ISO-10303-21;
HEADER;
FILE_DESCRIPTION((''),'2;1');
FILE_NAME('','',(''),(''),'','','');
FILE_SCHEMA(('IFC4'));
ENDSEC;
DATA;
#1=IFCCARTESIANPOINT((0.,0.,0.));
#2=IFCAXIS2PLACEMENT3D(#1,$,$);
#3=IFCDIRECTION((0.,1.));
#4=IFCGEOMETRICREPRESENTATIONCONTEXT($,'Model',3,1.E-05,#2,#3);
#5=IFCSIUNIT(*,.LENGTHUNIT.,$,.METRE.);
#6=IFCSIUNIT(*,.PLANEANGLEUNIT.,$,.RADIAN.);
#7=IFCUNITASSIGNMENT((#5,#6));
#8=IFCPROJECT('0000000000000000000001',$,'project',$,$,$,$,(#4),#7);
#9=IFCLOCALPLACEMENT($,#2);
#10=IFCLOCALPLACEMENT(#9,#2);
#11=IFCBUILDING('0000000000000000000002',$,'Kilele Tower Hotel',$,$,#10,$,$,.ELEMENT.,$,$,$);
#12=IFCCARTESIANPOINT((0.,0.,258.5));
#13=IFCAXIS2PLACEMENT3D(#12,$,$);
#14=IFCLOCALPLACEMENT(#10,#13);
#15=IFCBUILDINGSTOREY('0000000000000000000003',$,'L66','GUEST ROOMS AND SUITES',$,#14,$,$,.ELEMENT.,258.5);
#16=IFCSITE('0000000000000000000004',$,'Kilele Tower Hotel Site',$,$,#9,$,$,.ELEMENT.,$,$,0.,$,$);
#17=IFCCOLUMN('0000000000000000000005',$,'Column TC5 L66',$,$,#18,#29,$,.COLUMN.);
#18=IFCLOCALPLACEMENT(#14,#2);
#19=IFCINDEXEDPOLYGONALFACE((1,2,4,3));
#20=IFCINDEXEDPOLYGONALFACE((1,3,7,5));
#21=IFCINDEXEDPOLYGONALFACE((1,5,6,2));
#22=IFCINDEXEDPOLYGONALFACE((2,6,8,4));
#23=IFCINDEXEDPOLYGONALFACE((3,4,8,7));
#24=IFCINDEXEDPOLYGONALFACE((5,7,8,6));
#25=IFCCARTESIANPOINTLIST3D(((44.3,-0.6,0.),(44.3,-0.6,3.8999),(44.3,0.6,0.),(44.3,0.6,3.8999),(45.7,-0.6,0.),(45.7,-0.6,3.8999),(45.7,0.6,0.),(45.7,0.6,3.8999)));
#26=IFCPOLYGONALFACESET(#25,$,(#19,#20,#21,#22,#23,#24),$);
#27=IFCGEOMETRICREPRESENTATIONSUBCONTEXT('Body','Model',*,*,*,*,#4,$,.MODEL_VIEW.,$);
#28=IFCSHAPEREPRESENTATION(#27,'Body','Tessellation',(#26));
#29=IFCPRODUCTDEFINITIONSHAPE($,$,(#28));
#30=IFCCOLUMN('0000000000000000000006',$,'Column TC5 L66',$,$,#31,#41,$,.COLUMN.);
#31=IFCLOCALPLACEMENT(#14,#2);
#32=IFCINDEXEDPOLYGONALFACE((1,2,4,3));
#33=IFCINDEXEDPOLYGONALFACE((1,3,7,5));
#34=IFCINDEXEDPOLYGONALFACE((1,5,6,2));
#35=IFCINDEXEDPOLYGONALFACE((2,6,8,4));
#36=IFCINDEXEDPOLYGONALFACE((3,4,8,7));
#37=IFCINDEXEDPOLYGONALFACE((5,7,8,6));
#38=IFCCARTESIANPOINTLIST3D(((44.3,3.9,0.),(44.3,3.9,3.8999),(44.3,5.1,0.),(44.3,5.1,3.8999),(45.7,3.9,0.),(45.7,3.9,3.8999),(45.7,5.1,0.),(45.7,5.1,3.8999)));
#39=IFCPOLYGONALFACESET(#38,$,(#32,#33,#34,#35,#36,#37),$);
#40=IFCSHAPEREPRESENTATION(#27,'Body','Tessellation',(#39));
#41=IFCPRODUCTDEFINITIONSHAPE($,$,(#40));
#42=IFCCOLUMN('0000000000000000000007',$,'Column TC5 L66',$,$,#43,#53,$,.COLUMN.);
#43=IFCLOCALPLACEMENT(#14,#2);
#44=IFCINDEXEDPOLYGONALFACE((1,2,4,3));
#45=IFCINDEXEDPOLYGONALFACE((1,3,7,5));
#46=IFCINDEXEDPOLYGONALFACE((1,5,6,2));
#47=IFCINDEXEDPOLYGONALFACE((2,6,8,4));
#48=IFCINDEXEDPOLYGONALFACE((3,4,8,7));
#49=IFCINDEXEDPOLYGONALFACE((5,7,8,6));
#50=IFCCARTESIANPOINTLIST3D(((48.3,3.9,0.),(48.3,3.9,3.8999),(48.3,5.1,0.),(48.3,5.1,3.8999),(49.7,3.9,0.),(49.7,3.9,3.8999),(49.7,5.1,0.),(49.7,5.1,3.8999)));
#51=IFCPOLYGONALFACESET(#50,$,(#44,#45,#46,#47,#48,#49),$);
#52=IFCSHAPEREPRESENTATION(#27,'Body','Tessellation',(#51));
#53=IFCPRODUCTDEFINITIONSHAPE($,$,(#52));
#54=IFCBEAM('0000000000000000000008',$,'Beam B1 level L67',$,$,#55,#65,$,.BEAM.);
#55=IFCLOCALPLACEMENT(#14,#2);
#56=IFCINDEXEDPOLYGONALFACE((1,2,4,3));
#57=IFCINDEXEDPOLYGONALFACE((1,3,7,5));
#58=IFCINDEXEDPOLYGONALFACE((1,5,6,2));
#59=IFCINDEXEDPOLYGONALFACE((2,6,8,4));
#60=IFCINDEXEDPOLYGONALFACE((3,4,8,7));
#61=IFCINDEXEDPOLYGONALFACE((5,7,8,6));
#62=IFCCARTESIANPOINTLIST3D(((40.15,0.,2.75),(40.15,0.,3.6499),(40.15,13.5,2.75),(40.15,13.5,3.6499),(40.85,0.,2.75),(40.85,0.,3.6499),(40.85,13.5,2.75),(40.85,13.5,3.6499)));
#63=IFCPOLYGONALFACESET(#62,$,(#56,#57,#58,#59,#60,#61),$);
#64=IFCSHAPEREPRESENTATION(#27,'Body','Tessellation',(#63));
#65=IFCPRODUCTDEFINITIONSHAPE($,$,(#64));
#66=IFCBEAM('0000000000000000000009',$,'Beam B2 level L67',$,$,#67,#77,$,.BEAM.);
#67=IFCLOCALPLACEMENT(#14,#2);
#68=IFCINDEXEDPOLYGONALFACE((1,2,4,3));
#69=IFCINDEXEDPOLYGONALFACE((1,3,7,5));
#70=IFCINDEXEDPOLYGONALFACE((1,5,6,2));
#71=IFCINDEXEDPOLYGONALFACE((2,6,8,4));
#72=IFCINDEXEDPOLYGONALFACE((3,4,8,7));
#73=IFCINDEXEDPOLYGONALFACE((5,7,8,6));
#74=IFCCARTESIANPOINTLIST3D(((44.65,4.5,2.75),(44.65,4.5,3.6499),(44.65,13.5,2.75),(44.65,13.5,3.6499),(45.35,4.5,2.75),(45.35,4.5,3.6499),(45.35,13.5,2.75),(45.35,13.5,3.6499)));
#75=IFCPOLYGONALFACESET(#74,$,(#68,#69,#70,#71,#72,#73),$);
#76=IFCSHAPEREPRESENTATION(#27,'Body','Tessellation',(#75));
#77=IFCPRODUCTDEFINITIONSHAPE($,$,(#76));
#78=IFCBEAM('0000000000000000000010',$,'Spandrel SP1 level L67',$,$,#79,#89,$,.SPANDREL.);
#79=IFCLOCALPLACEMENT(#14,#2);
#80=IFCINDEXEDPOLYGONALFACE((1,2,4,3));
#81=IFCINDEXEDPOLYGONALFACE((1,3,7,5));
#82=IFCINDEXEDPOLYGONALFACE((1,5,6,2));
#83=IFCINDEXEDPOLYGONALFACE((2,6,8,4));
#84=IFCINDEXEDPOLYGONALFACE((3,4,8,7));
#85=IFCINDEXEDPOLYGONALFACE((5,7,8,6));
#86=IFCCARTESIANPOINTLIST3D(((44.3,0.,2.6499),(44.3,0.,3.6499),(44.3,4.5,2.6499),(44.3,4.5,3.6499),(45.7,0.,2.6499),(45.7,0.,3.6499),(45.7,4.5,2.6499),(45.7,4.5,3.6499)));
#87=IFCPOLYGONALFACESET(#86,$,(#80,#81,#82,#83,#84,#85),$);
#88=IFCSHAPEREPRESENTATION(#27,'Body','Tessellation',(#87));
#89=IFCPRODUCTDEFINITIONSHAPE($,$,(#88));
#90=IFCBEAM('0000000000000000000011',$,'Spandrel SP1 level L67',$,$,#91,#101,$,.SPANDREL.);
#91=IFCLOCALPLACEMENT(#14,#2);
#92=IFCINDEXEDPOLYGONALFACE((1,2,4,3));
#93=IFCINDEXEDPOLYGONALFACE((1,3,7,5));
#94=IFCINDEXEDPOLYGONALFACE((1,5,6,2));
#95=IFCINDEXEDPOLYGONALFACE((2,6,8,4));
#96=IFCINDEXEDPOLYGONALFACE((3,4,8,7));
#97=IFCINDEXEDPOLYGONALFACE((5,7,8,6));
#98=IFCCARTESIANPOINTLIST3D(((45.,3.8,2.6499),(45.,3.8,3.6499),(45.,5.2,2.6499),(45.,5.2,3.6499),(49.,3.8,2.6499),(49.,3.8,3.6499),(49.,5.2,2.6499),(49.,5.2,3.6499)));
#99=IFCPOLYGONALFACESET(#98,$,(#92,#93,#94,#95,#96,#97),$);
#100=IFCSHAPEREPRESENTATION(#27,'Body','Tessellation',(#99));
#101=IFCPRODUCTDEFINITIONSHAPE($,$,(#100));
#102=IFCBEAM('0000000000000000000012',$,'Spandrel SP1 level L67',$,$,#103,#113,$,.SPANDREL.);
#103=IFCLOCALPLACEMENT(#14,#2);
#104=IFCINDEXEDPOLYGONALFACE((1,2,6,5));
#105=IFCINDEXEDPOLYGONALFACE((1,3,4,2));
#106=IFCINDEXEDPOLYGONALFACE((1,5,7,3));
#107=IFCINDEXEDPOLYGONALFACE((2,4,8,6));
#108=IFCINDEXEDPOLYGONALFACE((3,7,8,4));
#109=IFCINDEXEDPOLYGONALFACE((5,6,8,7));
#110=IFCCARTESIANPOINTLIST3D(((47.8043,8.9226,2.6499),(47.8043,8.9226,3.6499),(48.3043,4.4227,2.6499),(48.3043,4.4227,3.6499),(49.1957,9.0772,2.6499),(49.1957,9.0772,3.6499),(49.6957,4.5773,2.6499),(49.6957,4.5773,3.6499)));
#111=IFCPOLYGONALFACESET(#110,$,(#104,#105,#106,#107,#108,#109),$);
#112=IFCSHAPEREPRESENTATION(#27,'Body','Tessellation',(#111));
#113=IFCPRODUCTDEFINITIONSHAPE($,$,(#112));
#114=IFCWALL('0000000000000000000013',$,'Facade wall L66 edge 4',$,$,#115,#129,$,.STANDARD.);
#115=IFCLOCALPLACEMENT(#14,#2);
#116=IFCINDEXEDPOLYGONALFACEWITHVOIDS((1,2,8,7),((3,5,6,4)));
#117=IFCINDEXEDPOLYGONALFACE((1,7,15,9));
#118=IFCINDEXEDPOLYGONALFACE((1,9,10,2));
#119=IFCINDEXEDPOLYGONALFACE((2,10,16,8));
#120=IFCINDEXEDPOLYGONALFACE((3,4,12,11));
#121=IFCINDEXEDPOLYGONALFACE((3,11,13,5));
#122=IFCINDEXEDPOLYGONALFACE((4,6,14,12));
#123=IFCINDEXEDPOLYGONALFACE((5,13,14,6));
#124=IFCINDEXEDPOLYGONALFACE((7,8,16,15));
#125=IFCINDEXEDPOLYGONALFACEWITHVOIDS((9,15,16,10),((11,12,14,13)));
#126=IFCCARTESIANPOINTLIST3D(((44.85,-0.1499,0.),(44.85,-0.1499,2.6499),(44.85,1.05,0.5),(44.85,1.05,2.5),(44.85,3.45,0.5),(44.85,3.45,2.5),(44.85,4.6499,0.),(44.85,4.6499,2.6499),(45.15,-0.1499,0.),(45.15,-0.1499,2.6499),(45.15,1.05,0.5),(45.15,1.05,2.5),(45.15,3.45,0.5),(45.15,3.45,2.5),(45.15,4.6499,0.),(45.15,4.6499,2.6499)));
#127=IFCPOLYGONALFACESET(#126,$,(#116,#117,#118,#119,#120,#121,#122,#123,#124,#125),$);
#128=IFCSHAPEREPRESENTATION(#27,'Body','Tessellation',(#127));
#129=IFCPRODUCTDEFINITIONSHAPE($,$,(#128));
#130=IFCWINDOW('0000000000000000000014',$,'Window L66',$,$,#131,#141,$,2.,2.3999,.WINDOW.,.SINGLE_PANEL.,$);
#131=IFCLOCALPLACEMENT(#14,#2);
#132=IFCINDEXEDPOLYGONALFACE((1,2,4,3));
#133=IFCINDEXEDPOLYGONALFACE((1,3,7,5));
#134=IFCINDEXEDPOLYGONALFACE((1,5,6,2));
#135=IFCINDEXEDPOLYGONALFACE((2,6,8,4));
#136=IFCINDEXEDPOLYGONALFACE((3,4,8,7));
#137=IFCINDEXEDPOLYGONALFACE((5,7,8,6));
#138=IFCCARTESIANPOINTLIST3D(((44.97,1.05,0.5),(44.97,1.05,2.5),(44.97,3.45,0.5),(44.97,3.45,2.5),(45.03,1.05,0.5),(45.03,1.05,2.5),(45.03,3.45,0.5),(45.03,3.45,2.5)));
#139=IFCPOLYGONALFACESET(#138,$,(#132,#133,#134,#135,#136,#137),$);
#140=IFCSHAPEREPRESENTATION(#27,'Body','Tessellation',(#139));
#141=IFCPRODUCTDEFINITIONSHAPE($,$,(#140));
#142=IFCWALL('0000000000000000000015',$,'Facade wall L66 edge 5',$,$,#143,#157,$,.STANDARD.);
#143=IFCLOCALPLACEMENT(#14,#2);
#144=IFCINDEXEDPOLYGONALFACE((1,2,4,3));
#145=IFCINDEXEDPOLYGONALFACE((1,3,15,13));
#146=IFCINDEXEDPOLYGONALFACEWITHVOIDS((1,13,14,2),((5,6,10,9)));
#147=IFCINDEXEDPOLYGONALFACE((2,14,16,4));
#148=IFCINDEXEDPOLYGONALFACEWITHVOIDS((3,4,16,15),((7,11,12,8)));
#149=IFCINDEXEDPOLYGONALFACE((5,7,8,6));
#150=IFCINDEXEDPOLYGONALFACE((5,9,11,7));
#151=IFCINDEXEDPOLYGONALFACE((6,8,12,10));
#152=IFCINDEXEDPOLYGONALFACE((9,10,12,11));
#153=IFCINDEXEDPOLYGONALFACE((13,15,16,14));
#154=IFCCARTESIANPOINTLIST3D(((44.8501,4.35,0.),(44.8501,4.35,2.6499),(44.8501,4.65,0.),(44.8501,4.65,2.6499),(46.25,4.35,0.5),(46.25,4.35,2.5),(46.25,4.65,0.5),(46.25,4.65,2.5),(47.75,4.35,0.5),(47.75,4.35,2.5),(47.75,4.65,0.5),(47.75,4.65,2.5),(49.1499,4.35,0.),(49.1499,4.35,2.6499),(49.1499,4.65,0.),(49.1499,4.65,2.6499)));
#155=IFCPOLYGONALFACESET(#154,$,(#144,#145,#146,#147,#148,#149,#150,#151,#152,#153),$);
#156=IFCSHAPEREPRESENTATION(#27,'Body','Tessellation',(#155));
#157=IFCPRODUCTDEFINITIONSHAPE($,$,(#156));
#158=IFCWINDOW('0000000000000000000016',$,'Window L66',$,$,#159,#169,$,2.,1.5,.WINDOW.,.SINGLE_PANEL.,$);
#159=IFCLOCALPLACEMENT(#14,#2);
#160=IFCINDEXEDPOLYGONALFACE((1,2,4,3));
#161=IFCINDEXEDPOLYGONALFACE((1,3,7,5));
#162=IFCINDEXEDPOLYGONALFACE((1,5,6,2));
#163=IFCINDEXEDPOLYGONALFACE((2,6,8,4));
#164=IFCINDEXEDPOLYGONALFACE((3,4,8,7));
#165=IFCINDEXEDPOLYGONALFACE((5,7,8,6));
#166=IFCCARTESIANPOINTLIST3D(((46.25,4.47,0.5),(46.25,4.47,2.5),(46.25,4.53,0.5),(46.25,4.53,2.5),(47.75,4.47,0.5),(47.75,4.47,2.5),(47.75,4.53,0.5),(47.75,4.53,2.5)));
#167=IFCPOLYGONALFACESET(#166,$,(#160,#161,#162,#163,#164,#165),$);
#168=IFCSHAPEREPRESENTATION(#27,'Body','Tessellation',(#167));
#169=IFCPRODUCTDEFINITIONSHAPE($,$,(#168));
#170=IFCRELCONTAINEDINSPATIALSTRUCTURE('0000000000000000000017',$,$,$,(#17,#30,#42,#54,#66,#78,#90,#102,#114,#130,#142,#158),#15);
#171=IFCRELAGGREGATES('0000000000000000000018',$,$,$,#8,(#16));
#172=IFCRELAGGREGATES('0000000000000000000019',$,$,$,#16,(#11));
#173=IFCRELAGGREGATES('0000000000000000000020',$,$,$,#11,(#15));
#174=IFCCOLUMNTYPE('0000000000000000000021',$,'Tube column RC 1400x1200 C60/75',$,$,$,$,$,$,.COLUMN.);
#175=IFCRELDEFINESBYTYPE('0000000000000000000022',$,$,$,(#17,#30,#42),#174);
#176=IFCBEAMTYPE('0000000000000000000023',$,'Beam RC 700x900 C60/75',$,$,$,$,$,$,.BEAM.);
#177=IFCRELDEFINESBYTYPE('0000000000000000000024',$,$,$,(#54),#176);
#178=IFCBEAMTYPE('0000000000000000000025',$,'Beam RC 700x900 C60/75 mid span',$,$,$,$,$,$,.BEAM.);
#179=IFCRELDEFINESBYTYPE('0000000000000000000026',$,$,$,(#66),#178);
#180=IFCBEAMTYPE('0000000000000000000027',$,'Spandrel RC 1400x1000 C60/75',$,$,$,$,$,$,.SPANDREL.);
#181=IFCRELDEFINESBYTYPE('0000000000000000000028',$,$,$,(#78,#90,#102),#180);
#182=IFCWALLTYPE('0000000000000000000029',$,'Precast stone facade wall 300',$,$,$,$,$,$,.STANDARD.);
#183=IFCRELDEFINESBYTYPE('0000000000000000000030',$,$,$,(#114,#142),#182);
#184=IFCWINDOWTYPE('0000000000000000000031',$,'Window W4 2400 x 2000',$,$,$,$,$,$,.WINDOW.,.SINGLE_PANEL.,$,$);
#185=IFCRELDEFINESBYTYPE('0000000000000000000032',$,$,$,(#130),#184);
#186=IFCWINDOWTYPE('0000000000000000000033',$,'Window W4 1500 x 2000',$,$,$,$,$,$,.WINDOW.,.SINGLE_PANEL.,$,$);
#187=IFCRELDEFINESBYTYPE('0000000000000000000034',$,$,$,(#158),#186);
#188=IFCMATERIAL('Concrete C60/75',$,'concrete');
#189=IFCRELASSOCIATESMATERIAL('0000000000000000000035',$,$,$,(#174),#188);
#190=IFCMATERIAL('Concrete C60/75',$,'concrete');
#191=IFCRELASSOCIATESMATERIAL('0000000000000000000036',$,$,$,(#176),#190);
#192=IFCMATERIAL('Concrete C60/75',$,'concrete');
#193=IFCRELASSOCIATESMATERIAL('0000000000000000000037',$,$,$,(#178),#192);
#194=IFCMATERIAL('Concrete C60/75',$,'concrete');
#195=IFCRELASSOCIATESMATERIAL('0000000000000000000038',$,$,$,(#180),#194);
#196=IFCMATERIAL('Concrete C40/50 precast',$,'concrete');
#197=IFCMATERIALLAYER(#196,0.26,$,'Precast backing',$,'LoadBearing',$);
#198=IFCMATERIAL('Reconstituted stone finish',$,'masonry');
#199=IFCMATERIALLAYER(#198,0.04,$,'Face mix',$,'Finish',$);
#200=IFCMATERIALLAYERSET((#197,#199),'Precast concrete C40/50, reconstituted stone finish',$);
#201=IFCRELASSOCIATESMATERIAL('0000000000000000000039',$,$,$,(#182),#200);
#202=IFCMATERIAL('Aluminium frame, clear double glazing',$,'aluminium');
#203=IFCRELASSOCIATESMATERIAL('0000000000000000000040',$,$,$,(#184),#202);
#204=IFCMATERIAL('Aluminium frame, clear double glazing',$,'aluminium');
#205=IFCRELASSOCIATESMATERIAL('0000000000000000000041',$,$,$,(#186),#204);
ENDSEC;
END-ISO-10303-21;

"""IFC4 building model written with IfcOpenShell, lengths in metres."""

from ifc_helpers import new_model, si_unit, direction, frame, frame_2d, origin, origin_2d, place, context, subcontext, project, spatial, rectangle, extrude, material, layer, layer_set, material_profile, profile_set, type_object, element, fill, save


model = new_model("IFC4")

# Units and contexts
model_context = context("Model", 3, precision=1e-05, world=origin(), true_north=direction((0.0, 1.0)))
body_context = subcontext(model_context, "Body", "Model", "MODEL_VIEW")
ifc_project = project(units=[si_unit("LENGTHUNIT", "METRE"), si_unit("PLANEANGLEUNIT", "RADIAN")], contexts=[model_context])

# Site, building, storey
site_placement = place(None, origin())
site = spatial("IfcSite", under=ifc_project, at=site_placement, Name="Kilele Tower Hotel Site", CompositionType="ELEMENT", RefElevation=0.0)
building_placement = place(site_placement, origin())
building = spatial("IfcBuilding", under=site, at=building_placement, Name="Kilele Tower Hotel", CompositionType="ELEMENT")
storey_placement = place(building_placement, frame((0.0, 0.0, 258.5)))
storey = spatial("IfcBuildingStorey", under=building, at=storey_placement, Name="L66", Description="GUEST ROOMS AND SUITES", CompositionType="ELEMENT", Elevation=258.5)

# Columns
ifc_material_1 = material(Name="Concrete C60/75", Category="concrete")
ifc_material_profile_1 = material_profile(ifc_material_1, rectangle(XDim=1.3999, YDim=1.2, at=origin_2d()))
ifc_profile_set_1 = profile_set([ifc_material_profile_1], Name="Concrete C60/75")
column_type = type_object("IfcColumnType", Name="Tube column RC 1400x1200 C60/75", PredefinedType="COLUMN", material=ifc_profile_set_1)
for number, where, z_axis, x_axis, name in (
    (1, (45.0, 0.0, 0.0), (0.0, 0.0, 1.0), (1.0, 0.0, 0.0), "Column TC5 L66"),
    (2, (45.0, 4.5, 0.0), (0.0, 0.0, 1.0), (1.0, 0.0, 0.0), "Column TC5 L66"),
    (3, (49.0, 4.5, 0.0), (0.0, 0.0, 1.0), (1.0, 0.0, 0.0), "Column TC5 L66"),
):
    element("IfcColumn", number, at=place(storey_placement, frame(where, z_axis=z_axis, x_axis=x_axis)), inside=storey, type_object=column_type, Name=name, PredefinedType="COLUMN", context=body_context, shape_type="SweptSolid", body=[
        extrude(rectangle(XDim=1.3999, YDim=1.2, at=origin_2d()), origin(), (0.0, 0.0, 1.0), 3.8999),
    ])

# Beams
ifc_material_2 = material(Name="Concrete C60/75", Category="concrete")
ifc_material_profile_2 = material_profile(ifc_material_2, rectangle(XDim=0.7, YDim=0.8999, at=origin_2d()))
ifc_profile_set_2 = profile_set([ifc_material_profile_2], Name="Concrete C60/75")
beam_type_1 = type_object("IfcBeamType", Name="Beam RC 700x900 C60/75", PredefinedType="BEAM", material=ifc_profile_set_2)
beam_1_placement = place(storey_placement, frame((40.5, 0.0, 3.2), z_axis=(0.0, 1.0, 0.0), x_axis=(-1.0, 0.0, 0.0)))
element("IfcBeam", 4, at=beam_1_placement, inside=storey, type_object=beam_type_1, Name="Beam B1 level L67", PredefinedType="BEAM", context=body_context, shape_type="SweptSolid", body=[
    extrude(rectangle(XDim=0.7, YDim=0.8999, at=origin_2d()), origin(), (0.0, 0.0, 1.0), 13.5),
])
ifc_material_3 = material(Name="Concrete C60/75", Category="concrete")
ifc_material_profile_3 = material_profile(ifc_material_3, rectangle(XDim=0.7, YDim=0.8999, at=origin_2d()))
ifc_profile_set_3 = profile_set([ifc_material_profile_3], Name="Concrete C60/75")
beam_type_2 = type_object("IfcBeamType", Name="Beam RC 700x900 C60/75 mid span", PredefinedType="BEAM", material=ifc_profile_set_3)
beam_2_placement = place(storey_placement, frame((45.0, 4.5, 3.2), z_axis=(0.0, 1.0, 0.0), x_axis=(-1.0, 0.0, 0.0)))
element("IfcBeam", 5, at=beam_2_placement, inside=storey, type_object=beam_type_2, Name="Beam B2 level L67", PredefinedType="BEAM", context=body_context, shape_type="SweptSolid", body=[
    extrude(rectangle(XDim=0.7, YDim=0.8999, at=origin_2d()), origin(), (0.0, 0.0, 1.0), 9.0),
])
ifc_material_4 = material(Name="Concrete C60/75", Category="concrete")
ifc_material_profile_4 = material_profile(ifc_material_4, rectangle(XDim=1.3999, YDim=1.0, at=origin_2d()))
ifc_profile_set_4 = profile_set([ifc_material_profile_4], Name="Concrete C60/75")
beam_type_3 = type_object("IfcBeamType", Name="Spandrel RC 1400x1000 C60/75", PredefinedType="SPANDREL", material=ifc_profile_set_4)
beam_3_placement = place(storey_placement, frame((45.0, 0.0, 3.1499), z_axis=(0.0, 1.0, 0.0), x_axis=(-1.0, 0.0, 0.0)))
element("IfcBeam", 6, at=beam_3_placement, inside=storey, type_object=beam_type_3, Name="Spandrel SP1 level L67", PredefinedType="SPANDREL", context=body_context, shape_type="SweptSolid", body=[
    extrude(rectangle(XDim=1.3999, YDim=1.0, at=origin_2d()), origin(), (0.0, 0.0, 1.0), 4.5),
])
beam_4_placement = place(storey_placement, frame((45.0, 4.5, 3.1499), z_axis=(1.0, 0.0, 0.0), x_axis=(0.0, 1.0, 0.0)))
element("IfcBeam", 7, at=beam_4_placement, inside=storey, type_object=beam_type_3, Name="Spandrel SP1 level L67", PredefinedType="SPANDREL", context=body_context, shape_type="SweptSolid", body=[
    extrude(rectangle(XDim=1.3999, YDim=1.0, at=origin_2d()), origin(), (0.0, 0.0, 1.0), 4.0),
])
beam_5_placement = place(storey_placement, frame((49.0, 4.5, 3.1499), z_axis=(-0.110432, 0.993884, 0.0), x_axis=(-0.993884, -0.110432, 0.0)))
element("IfcBeam", 8, at=beam_5_placement, inside=storey, type_object=beam_type_3, Name="Spandrel SP1 level L67", PredefinedType="SPANDREL", context=body_context, shape_type="SweptSolid", body=[
    extrude(rectangle(XDim=1.3999, YDim=1.0, at=origin_2d()), origin(), (0.0, 0.0, 1.0), 4.5276),
])

# Walls, openings, windows
ifc_material_5 = material(Name="Concrete C40/50 precast", Category="concrete")
ifc_layer_1 = layer(ifc_material_5, 0.26, Name="Precast backing", Category="LoadBearing")
ifc_material_6 = material(Name="Reconstituted stone finish", Category="masonry")
ifc_layer_2 = layer(ifc_material_6, 0.04, Name="Face mix", Category="Finish")
ifc_layer_set = layer_set([ifc_layer_1, ifc_layer_2], Name="Precast concrete C40/50, reconstituted stone finish")
wall_type = type_object("IfcWallType", Name="Precast stone facade wall 300", PredefinedType="STANDARD", material=ifc_layer_set)
wall_1_placement = place(storey_placement, frame((45.0, -0.1499, 0.0), z_axis=(0.0, 0.0, 1.0), x_axis=(0.0, 1.0, 0.0)))
wall_1 = element("IfcWall", 9, at=wall_1_placement, inside=storey, type_object=wall_type, Name="Facade wall L66 edge 4", PredefinedType="STANDARD", context=body_context, shape_type="SweptSolid", body=[
    extrude(rectangle(XDim=4.7998, YDim=0.3, at=frame_2d((2.3999, 0.0))), origin(), (0.0, 0.0, 1.0), 2.6499),
])
opening_1_placement = place(wall_1_placement, frame((1.2, 0.0, 0.5)))
opening_1 = element("IfcOpeningElement", 10, at=opening_1_placement, cuts=wall_1, PredefinedType="OPENING", context=body_context, shape_type="SweptSolid", body=[
    extrude(rectangle(XDim=2.3999, YDim=2.0, at=frame_2d((1.2, 1.0))), frame((0.0, 0.1599, 0.0), z_axis=(0.0, -1.0, 0.0), x_axis=(1.0, 0.0, 0.0)), (0.0, 0.0, 1.0), 0.3201),
])
ifc_material_7 = material(Name="Aluminium frame, clear double glazing", Category="aluminium")
window_type_1 = type_object("IfcWindowType", Name="Window W4 2400 x 2000", PartitioningType="SINGLE_PANEL", PredefinedType="WINDOW", material=ifc_material_7)
window_1_placement = place(opening_1_placement, origin())
window_1 = element("IfcWindow", 11, at=window_1_placement, inside=storey, type_object=window_type_1, Name="Window L66", OverallHeight=2.0, OverallWidth=2.3999, PartitioningType="SINGLE_PANEL", PredefinedType="WINDOW", context=body_context, shape_type="SweptSolid", body=[
    extrude(rectangle(XDim=2.3999, YDim=2.0, at=frame_2d((1.2, 1.0))), frame((0.0, 0.03, 0.0), z_axis=(0.0, -1.0, 0.0), x_axis=(1.0, 0.0, 0.0)), (0.0, 0.0, 1.0), 0.0601),
])
fill(opening_1, window_1)
wall_2_placement = place(storey_placement, frame((44.8501, 4.5, 0.0), z_axis=(0.0, 0.0, 1.0), x_axis=(1.0, 0.0, 0.0)))
wall_2 = element("IfcWall", 12, at=wall_2_placement, inside=storey, type_object=wall_type, Name="Facade wall L66 edge 5", PredefinedType="STANDARD", context=body_context, shape_type="SweptSolid", body=[
    extrude(rectangle(XDim=4.2998, YDim=0.3, at=frame_2d((2.1499, 0.0))), origin(), (0.0, 0.0, 1.0), 2.6499),
])
opening_2_placement = place(wall_2_placement, frame((1.3999, 0.0, 0.5)))
opening_2 = element("IfcOpeningElement", 13, at=opening_2_placement, cuts=wall_2, PredefinedType="OPENING", context=body_context, shape_type="SweptSolid", body=[
    extrude(rectangle(XDim=1.5, YDim=2.0, at=frame_2d((0.75, 1.0))), frame((0.0, 0.1599, 0.0), z_axis=(0.0, -1.0, 0.0), x_axis=(1.0, 0.0, 0.0)), (0.0, 0.0, 1.0), 0.3201),
])
ifc_material_8 = material(Name="Aluminium frame, clear double glazing", Category="aluminium")
window_type_2 = type_object("IfcWindowType", Name="Window W4 1500 x 2000", PartitioningType="SINGLE_PANEL", PredefinedType="WINDOW", material=ifc_material_8)
window_2_placement = place(opening_2_placement, origin())
window_2 = element("IfcWindow", 14, at=window_2_placement, inside=storey, type_object=window_type_2, Name="Window L66", OverallHeight=2.0, OverallWidth=1.5, PartitioningType="SINGLE_PANEL", PredefinedType="WINDOW", context=body_context, shape_type="SweptSolid", body=[
    extrude(rectangle(XDim=1.5, YDim=2.0, at=frame_2d((0.75, 1.0))), frame((0.0, 0.03, 0.0), z_axis=(0.0, -1.0, 0.0), x_axis=(1.0, 0.0, 0.0)), (0.0, 0.0, 1.0), 0.0601),
])
fill(opening_2, window_2)

save(model, "model.ifc")
